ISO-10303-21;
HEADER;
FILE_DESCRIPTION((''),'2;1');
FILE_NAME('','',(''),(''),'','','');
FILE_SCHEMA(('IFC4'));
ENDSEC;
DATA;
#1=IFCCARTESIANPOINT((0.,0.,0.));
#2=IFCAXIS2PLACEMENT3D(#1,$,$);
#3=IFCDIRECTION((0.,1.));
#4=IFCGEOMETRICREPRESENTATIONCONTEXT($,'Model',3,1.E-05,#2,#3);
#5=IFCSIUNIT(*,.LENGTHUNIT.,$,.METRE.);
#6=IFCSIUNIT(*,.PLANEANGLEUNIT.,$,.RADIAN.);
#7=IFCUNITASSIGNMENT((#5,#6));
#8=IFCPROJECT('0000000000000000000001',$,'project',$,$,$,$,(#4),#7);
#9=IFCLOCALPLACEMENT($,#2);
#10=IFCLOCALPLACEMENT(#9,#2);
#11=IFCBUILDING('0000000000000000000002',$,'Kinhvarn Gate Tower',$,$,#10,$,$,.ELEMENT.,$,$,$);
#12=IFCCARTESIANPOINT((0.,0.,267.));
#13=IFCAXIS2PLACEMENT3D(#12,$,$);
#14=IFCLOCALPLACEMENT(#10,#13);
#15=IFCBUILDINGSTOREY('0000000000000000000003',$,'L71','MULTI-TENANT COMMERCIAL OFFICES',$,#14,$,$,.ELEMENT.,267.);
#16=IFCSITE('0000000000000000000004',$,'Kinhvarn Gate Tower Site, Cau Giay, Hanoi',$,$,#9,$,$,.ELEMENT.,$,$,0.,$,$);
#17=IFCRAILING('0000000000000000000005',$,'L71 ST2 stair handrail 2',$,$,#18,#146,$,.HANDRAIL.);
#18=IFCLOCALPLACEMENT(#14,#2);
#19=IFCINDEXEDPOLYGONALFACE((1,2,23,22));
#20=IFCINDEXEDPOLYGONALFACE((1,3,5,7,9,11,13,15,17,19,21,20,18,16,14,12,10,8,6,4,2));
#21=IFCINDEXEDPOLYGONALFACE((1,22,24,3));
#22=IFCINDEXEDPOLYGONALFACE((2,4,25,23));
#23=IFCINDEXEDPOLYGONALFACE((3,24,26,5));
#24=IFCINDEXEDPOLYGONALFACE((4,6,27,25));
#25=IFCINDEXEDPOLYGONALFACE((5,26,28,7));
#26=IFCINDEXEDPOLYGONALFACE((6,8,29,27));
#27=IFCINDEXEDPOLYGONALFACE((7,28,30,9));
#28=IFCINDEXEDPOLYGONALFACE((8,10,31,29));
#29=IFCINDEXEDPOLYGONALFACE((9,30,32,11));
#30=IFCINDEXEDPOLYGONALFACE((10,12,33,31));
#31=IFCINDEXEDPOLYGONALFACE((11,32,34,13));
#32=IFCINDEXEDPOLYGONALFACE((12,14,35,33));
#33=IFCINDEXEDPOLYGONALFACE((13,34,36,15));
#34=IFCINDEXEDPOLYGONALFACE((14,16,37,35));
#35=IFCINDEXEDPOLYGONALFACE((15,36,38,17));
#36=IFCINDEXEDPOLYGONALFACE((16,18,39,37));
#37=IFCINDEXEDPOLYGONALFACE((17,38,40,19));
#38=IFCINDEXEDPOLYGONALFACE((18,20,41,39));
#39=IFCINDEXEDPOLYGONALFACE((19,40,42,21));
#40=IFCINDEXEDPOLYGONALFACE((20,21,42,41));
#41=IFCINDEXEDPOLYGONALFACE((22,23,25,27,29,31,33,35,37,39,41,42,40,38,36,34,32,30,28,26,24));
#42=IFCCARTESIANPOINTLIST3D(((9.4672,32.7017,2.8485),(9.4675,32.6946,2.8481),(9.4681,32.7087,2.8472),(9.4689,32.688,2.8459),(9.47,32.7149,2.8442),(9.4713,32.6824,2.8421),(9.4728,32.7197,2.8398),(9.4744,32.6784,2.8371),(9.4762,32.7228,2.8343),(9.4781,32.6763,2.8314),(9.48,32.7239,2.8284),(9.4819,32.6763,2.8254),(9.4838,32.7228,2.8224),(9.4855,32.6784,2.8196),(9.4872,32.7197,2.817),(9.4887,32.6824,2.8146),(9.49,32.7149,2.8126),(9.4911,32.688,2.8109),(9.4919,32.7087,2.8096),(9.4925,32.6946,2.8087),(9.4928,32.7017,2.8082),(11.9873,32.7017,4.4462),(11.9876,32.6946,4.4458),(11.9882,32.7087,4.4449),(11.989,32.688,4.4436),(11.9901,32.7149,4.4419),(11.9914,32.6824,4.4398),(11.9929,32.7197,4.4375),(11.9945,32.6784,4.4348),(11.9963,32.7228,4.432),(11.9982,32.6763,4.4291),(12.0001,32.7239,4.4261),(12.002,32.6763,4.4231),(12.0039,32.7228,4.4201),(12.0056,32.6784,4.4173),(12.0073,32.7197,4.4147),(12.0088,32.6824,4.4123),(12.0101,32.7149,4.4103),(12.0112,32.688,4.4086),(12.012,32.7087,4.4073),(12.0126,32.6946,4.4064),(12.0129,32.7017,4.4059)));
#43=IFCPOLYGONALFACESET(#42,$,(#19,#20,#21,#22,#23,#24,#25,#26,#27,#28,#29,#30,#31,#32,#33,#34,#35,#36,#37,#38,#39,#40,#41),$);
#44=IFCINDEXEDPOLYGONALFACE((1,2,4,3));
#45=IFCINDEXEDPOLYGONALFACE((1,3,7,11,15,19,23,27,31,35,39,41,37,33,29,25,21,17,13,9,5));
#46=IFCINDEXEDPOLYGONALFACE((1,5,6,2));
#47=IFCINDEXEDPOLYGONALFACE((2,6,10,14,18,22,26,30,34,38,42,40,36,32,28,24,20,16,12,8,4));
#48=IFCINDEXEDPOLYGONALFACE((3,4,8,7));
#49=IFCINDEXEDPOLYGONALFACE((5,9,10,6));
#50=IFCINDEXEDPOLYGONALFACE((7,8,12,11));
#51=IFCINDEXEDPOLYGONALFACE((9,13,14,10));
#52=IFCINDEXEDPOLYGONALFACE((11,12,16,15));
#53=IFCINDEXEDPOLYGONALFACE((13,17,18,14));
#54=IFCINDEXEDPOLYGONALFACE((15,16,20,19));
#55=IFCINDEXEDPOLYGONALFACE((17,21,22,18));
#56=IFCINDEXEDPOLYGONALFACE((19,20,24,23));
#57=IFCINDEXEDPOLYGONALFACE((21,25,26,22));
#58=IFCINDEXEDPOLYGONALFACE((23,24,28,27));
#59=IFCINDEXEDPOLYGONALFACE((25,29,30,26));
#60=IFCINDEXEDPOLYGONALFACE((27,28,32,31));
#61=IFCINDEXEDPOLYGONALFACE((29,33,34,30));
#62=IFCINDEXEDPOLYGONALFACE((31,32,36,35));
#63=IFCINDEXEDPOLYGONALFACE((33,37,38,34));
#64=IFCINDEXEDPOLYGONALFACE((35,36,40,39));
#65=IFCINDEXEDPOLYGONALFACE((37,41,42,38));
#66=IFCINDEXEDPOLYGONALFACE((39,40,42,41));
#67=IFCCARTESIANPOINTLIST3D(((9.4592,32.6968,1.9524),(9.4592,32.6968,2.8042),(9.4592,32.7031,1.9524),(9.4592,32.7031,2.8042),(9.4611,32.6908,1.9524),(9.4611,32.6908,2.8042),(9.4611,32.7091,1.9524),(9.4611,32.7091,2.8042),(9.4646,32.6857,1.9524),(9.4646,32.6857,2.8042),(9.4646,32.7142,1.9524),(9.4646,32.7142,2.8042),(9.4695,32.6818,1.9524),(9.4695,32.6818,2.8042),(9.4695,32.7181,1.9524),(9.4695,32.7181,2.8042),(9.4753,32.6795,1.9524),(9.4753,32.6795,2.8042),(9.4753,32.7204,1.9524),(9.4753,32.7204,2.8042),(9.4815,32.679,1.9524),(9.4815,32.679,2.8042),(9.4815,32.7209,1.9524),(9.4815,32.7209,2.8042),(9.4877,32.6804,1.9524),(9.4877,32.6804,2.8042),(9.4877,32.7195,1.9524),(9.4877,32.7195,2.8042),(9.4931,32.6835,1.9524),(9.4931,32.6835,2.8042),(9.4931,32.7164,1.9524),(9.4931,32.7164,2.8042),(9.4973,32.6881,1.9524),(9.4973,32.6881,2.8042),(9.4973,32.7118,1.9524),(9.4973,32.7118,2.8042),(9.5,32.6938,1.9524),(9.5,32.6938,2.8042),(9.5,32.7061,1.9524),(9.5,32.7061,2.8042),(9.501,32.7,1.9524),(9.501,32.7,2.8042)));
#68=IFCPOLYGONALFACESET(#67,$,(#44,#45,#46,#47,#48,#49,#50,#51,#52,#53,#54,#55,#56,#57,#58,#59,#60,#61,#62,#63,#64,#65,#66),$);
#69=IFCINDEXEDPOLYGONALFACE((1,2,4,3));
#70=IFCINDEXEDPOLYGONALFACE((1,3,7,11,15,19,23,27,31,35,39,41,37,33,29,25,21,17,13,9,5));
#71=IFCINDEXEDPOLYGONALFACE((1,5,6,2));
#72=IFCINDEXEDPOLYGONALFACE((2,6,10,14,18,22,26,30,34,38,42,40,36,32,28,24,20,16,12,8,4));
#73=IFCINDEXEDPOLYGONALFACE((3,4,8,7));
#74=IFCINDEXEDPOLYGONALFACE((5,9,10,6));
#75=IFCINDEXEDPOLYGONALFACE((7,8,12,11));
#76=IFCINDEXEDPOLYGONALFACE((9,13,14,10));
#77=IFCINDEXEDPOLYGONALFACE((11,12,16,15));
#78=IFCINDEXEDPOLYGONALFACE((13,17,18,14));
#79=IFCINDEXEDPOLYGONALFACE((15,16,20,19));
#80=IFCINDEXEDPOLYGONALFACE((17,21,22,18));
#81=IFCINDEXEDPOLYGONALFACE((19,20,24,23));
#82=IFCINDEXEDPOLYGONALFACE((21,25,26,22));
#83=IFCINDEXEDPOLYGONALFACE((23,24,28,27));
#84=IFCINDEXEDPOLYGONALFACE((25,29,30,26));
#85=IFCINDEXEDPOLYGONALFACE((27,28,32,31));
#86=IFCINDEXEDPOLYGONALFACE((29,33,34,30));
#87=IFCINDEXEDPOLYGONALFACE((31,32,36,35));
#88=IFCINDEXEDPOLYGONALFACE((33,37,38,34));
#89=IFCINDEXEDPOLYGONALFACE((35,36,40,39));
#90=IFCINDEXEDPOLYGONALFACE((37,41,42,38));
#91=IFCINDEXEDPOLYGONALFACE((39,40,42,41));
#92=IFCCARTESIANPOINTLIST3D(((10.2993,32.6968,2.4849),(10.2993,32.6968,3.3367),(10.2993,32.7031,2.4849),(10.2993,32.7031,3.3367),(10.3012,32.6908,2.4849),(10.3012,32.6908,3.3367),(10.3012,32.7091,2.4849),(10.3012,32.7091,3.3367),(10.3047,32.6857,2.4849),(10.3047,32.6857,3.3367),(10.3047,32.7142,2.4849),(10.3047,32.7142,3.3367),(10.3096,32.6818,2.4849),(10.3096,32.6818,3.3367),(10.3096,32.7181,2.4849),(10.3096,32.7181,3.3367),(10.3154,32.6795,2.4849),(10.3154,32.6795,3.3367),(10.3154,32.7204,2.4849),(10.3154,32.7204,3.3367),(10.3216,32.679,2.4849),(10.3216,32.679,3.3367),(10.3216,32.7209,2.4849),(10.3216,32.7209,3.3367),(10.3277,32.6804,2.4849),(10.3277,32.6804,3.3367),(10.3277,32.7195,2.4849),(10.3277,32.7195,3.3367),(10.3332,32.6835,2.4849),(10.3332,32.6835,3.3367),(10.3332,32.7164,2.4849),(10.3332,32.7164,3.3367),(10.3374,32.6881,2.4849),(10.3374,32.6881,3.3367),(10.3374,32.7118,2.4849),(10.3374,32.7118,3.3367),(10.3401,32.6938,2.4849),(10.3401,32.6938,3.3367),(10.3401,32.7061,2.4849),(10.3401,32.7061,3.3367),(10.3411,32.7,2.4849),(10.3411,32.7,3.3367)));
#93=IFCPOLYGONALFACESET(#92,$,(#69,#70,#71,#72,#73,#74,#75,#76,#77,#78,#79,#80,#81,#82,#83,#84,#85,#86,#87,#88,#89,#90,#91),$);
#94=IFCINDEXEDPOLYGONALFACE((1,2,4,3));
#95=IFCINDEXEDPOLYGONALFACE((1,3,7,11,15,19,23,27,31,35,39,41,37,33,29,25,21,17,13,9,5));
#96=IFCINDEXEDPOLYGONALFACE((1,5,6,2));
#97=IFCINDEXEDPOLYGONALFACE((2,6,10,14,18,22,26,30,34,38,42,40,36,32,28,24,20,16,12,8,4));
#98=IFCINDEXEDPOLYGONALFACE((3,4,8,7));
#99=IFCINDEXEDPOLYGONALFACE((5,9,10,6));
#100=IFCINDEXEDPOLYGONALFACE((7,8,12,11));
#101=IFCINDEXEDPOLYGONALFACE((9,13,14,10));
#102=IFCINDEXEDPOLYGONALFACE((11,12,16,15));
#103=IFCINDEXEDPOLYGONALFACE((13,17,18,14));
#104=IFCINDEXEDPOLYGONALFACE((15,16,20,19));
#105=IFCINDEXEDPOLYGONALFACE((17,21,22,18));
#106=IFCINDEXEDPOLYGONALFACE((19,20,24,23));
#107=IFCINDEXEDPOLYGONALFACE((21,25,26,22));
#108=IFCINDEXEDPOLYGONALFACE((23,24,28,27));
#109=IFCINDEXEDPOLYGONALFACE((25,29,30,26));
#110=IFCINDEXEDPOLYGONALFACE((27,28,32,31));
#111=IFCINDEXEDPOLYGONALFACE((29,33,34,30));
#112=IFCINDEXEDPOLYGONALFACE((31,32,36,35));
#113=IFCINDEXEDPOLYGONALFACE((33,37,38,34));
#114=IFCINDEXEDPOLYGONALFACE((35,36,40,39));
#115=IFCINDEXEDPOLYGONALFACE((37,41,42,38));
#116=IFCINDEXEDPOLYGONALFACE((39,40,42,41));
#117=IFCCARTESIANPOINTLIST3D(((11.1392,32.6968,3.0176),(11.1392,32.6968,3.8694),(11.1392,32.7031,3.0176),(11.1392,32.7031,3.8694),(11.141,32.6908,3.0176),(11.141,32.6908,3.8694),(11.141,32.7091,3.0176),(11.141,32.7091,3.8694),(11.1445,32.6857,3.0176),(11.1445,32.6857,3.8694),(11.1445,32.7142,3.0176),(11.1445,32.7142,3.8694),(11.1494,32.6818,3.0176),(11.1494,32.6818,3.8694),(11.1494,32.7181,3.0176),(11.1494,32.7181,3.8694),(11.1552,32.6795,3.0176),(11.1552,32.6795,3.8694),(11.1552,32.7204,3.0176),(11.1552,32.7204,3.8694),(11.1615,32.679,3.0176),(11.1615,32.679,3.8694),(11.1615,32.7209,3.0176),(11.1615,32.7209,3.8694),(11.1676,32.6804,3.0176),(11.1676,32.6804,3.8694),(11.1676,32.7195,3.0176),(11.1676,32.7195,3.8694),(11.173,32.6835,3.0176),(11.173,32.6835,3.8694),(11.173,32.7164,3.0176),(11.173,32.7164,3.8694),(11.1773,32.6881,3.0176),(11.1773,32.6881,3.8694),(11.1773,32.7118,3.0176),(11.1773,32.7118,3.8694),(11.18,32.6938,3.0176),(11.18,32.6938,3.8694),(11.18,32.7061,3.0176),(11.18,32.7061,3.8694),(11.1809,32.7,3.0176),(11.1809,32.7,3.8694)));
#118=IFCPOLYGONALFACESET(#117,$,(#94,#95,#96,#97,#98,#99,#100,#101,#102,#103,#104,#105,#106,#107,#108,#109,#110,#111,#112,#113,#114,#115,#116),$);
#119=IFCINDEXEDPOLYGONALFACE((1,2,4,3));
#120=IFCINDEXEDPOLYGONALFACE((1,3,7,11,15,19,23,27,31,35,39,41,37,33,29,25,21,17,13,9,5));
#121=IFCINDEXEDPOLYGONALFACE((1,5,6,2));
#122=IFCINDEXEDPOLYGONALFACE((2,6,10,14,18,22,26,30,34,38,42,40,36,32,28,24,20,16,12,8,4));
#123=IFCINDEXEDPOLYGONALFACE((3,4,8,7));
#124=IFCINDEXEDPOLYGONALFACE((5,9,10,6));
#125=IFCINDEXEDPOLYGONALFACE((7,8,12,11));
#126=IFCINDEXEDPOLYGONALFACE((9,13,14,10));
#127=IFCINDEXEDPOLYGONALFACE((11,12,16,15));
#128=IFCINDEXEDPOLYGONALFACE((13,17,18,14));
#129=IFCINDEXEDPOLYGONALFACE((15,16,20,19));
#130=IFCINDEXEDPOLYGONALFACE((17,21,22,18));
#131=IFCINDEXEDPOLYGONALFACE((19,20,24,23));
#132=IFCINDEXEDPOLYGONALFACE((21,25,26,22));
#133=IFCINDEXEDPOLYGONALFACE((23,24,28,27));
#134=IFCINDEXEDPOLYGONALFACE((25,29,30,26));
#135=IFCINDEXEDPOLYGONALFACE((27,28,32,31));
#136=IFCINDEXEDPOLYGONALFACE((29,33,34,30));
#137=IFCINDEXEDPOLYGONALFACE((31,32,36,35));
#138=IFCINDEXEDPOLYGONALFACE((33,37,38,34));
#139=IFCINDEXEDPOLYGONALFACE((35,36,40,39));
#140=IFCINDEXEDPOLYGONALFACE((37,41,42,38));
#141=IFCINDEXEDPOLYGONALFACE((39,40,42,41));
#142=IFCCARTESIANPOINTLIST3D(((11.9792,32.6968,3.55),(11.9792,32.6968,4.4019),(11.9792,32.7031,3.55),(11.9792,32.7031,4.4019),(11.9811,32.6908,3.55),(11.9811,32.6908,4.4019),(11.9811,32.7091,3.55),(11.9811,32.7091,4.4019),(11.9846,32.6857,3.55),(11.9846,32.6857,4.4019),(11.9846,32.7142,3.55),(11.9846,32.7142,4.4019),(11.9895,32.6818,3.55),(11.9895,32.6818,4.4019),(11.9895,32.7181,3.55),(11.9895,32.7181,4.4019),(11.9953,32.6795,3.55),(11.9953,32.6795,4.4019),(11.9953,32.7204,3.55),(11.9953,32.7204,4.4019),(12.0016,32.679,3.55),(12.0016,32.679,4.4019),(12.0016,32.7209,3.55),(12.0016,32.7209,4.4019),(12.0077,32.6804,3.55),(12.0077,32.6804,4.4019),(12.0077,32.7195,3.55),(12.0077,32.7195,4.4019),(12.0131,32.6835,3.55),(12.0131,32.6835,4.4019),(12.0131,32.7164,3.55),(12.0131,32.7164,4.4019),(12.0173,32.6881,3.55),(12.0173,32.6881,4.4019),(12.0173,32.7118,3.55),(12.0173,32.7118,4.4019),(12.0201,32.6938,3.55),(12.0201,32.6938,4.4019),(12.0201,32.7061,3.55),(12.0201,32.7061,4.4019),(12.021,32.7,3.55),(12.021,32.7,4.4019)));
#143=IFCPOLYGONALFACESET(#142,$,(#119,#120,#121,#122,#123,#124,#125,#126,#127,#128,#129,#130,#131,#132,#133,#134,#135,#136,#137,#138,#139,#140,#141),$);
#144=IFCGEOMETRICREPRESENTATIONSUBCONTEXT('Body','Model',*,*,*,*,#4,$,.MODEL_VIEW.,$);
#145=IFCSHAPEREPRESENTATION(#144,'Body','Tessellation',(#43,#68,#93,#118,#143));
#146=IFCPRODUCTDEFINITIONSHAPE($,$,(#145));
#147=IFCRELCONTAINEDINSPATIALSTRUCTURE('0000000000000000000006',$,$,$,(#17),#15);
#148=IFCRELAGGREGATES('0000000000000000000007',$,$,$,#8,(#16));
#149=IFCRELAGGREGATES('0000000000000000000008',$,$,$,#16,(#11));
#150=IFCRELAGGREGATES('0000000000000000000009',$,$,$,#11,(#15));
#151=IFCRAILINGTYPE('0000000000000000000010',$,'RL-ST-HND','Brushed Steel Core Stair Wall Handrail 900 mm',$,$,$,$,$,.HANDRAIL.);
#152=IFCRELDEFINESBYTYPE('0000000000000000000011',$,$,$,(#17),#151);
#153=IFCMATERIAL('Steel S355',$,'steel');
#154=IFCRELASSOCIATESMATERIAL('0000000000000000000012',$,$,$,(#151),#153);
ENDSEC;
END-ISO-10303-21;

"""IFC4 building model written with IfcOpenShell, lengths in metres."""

from ifc_helpers import new_model, si_unit, direction, frame, origin, origin_2d, place, context, subcontext, project, spatial, circle, extrude, material, type_object, element, save


model = new_model("IFC4")

# Units and contexts
model_context = context("Model", 3, precision=1e-05, world=origin(), true_north=direction((0.0, 1.0)))
body_context = subcontext(model_context, "Body", "Model", "MODEL_VIEW")
ifc_project = project(units=[si_unit("LENGTHUNIT", "METRE"), si_unit("PLANEANGLEUNIT", "RADIAN")], contexts=[model_context])

# Site, building, storey
site_placement = place(None, origin())
site = spatial("IfcSite", under=ifc_project, at=site_placement, Name="Kinhvarn Gate Tower Site, Cau Giay, Hanoi", CompositionType="ELEMENT", RefElevation=0.0)
building_placement = place(site_placement, origin())
building = spatial("IfcBuilding", under=site, at=building_placement, Name="Kinhvarn Gate Tower", CompositionType="ELEMENT")
storey_placement = place(building_placement, frame((0.0, 0.0, 267.0)))
storey = spatial("IfcBuildingStorey", under=building, at=storey_placement, Name="L71", Description="MULTI-TENANT COMMERCIAL OFFICES", CompositionType="ELEMENT", Elevation=267.0)

# Railing
ifc_material_1 = material(Name="Steel S355", Category="steel")
railing_type_1 = type_object("IfcRailingType", Name="RL-ST-HND", Description="Brushed Steel Core Stair Wall Handrail 900 mm", PredefinedType="HANDRAIL", material=ifc_material_1)
railing_1_placement = place(storey_placement, frame((9.48, 32.7, 1.9524)))
element("IfcRailing", 1, at=railing_1_placement, inside=storey, type_object=railing_type_1, Name="L71 ST2 stair handrail 2", PredefinedType="HANDRAIL", context=body_context, shape_type="SweptSolid", body=[
    extrude(circle(Radius=0.0239, at=origin_2d()), frame((0.0, 0.0, 0.876), z_axis=(0.84457, 0.0, 0.535445), x_axis=(0.0, 1.0, 0.0)), (0.0, 0.0, 1.0), 2.9839),
    extrude(circle(Radius=0.021, at=origin_2d()), origin(), (0.0, 0.0, 1.0), 0.8518),
    extrude(circle(Radius=0.021, at=origin_2d()), frame((0.8401, 0.0, 0.5325)), (0.0, 0.0, 1.0), 0.8518),
    extrude(circle(Radius=0.021, at=origin_2d()), frame((1.6799, 0.0, 1.0652)), (0.0, 0.0, 1.0), 0.8518),
    extrude(circle(Radius=0.021, at=origin_2d()), frame((2.52, 0.0, 1.5977)), (0.0, 0.0, 1.0), 0.8518),
])

save(model, "model.ifc")
